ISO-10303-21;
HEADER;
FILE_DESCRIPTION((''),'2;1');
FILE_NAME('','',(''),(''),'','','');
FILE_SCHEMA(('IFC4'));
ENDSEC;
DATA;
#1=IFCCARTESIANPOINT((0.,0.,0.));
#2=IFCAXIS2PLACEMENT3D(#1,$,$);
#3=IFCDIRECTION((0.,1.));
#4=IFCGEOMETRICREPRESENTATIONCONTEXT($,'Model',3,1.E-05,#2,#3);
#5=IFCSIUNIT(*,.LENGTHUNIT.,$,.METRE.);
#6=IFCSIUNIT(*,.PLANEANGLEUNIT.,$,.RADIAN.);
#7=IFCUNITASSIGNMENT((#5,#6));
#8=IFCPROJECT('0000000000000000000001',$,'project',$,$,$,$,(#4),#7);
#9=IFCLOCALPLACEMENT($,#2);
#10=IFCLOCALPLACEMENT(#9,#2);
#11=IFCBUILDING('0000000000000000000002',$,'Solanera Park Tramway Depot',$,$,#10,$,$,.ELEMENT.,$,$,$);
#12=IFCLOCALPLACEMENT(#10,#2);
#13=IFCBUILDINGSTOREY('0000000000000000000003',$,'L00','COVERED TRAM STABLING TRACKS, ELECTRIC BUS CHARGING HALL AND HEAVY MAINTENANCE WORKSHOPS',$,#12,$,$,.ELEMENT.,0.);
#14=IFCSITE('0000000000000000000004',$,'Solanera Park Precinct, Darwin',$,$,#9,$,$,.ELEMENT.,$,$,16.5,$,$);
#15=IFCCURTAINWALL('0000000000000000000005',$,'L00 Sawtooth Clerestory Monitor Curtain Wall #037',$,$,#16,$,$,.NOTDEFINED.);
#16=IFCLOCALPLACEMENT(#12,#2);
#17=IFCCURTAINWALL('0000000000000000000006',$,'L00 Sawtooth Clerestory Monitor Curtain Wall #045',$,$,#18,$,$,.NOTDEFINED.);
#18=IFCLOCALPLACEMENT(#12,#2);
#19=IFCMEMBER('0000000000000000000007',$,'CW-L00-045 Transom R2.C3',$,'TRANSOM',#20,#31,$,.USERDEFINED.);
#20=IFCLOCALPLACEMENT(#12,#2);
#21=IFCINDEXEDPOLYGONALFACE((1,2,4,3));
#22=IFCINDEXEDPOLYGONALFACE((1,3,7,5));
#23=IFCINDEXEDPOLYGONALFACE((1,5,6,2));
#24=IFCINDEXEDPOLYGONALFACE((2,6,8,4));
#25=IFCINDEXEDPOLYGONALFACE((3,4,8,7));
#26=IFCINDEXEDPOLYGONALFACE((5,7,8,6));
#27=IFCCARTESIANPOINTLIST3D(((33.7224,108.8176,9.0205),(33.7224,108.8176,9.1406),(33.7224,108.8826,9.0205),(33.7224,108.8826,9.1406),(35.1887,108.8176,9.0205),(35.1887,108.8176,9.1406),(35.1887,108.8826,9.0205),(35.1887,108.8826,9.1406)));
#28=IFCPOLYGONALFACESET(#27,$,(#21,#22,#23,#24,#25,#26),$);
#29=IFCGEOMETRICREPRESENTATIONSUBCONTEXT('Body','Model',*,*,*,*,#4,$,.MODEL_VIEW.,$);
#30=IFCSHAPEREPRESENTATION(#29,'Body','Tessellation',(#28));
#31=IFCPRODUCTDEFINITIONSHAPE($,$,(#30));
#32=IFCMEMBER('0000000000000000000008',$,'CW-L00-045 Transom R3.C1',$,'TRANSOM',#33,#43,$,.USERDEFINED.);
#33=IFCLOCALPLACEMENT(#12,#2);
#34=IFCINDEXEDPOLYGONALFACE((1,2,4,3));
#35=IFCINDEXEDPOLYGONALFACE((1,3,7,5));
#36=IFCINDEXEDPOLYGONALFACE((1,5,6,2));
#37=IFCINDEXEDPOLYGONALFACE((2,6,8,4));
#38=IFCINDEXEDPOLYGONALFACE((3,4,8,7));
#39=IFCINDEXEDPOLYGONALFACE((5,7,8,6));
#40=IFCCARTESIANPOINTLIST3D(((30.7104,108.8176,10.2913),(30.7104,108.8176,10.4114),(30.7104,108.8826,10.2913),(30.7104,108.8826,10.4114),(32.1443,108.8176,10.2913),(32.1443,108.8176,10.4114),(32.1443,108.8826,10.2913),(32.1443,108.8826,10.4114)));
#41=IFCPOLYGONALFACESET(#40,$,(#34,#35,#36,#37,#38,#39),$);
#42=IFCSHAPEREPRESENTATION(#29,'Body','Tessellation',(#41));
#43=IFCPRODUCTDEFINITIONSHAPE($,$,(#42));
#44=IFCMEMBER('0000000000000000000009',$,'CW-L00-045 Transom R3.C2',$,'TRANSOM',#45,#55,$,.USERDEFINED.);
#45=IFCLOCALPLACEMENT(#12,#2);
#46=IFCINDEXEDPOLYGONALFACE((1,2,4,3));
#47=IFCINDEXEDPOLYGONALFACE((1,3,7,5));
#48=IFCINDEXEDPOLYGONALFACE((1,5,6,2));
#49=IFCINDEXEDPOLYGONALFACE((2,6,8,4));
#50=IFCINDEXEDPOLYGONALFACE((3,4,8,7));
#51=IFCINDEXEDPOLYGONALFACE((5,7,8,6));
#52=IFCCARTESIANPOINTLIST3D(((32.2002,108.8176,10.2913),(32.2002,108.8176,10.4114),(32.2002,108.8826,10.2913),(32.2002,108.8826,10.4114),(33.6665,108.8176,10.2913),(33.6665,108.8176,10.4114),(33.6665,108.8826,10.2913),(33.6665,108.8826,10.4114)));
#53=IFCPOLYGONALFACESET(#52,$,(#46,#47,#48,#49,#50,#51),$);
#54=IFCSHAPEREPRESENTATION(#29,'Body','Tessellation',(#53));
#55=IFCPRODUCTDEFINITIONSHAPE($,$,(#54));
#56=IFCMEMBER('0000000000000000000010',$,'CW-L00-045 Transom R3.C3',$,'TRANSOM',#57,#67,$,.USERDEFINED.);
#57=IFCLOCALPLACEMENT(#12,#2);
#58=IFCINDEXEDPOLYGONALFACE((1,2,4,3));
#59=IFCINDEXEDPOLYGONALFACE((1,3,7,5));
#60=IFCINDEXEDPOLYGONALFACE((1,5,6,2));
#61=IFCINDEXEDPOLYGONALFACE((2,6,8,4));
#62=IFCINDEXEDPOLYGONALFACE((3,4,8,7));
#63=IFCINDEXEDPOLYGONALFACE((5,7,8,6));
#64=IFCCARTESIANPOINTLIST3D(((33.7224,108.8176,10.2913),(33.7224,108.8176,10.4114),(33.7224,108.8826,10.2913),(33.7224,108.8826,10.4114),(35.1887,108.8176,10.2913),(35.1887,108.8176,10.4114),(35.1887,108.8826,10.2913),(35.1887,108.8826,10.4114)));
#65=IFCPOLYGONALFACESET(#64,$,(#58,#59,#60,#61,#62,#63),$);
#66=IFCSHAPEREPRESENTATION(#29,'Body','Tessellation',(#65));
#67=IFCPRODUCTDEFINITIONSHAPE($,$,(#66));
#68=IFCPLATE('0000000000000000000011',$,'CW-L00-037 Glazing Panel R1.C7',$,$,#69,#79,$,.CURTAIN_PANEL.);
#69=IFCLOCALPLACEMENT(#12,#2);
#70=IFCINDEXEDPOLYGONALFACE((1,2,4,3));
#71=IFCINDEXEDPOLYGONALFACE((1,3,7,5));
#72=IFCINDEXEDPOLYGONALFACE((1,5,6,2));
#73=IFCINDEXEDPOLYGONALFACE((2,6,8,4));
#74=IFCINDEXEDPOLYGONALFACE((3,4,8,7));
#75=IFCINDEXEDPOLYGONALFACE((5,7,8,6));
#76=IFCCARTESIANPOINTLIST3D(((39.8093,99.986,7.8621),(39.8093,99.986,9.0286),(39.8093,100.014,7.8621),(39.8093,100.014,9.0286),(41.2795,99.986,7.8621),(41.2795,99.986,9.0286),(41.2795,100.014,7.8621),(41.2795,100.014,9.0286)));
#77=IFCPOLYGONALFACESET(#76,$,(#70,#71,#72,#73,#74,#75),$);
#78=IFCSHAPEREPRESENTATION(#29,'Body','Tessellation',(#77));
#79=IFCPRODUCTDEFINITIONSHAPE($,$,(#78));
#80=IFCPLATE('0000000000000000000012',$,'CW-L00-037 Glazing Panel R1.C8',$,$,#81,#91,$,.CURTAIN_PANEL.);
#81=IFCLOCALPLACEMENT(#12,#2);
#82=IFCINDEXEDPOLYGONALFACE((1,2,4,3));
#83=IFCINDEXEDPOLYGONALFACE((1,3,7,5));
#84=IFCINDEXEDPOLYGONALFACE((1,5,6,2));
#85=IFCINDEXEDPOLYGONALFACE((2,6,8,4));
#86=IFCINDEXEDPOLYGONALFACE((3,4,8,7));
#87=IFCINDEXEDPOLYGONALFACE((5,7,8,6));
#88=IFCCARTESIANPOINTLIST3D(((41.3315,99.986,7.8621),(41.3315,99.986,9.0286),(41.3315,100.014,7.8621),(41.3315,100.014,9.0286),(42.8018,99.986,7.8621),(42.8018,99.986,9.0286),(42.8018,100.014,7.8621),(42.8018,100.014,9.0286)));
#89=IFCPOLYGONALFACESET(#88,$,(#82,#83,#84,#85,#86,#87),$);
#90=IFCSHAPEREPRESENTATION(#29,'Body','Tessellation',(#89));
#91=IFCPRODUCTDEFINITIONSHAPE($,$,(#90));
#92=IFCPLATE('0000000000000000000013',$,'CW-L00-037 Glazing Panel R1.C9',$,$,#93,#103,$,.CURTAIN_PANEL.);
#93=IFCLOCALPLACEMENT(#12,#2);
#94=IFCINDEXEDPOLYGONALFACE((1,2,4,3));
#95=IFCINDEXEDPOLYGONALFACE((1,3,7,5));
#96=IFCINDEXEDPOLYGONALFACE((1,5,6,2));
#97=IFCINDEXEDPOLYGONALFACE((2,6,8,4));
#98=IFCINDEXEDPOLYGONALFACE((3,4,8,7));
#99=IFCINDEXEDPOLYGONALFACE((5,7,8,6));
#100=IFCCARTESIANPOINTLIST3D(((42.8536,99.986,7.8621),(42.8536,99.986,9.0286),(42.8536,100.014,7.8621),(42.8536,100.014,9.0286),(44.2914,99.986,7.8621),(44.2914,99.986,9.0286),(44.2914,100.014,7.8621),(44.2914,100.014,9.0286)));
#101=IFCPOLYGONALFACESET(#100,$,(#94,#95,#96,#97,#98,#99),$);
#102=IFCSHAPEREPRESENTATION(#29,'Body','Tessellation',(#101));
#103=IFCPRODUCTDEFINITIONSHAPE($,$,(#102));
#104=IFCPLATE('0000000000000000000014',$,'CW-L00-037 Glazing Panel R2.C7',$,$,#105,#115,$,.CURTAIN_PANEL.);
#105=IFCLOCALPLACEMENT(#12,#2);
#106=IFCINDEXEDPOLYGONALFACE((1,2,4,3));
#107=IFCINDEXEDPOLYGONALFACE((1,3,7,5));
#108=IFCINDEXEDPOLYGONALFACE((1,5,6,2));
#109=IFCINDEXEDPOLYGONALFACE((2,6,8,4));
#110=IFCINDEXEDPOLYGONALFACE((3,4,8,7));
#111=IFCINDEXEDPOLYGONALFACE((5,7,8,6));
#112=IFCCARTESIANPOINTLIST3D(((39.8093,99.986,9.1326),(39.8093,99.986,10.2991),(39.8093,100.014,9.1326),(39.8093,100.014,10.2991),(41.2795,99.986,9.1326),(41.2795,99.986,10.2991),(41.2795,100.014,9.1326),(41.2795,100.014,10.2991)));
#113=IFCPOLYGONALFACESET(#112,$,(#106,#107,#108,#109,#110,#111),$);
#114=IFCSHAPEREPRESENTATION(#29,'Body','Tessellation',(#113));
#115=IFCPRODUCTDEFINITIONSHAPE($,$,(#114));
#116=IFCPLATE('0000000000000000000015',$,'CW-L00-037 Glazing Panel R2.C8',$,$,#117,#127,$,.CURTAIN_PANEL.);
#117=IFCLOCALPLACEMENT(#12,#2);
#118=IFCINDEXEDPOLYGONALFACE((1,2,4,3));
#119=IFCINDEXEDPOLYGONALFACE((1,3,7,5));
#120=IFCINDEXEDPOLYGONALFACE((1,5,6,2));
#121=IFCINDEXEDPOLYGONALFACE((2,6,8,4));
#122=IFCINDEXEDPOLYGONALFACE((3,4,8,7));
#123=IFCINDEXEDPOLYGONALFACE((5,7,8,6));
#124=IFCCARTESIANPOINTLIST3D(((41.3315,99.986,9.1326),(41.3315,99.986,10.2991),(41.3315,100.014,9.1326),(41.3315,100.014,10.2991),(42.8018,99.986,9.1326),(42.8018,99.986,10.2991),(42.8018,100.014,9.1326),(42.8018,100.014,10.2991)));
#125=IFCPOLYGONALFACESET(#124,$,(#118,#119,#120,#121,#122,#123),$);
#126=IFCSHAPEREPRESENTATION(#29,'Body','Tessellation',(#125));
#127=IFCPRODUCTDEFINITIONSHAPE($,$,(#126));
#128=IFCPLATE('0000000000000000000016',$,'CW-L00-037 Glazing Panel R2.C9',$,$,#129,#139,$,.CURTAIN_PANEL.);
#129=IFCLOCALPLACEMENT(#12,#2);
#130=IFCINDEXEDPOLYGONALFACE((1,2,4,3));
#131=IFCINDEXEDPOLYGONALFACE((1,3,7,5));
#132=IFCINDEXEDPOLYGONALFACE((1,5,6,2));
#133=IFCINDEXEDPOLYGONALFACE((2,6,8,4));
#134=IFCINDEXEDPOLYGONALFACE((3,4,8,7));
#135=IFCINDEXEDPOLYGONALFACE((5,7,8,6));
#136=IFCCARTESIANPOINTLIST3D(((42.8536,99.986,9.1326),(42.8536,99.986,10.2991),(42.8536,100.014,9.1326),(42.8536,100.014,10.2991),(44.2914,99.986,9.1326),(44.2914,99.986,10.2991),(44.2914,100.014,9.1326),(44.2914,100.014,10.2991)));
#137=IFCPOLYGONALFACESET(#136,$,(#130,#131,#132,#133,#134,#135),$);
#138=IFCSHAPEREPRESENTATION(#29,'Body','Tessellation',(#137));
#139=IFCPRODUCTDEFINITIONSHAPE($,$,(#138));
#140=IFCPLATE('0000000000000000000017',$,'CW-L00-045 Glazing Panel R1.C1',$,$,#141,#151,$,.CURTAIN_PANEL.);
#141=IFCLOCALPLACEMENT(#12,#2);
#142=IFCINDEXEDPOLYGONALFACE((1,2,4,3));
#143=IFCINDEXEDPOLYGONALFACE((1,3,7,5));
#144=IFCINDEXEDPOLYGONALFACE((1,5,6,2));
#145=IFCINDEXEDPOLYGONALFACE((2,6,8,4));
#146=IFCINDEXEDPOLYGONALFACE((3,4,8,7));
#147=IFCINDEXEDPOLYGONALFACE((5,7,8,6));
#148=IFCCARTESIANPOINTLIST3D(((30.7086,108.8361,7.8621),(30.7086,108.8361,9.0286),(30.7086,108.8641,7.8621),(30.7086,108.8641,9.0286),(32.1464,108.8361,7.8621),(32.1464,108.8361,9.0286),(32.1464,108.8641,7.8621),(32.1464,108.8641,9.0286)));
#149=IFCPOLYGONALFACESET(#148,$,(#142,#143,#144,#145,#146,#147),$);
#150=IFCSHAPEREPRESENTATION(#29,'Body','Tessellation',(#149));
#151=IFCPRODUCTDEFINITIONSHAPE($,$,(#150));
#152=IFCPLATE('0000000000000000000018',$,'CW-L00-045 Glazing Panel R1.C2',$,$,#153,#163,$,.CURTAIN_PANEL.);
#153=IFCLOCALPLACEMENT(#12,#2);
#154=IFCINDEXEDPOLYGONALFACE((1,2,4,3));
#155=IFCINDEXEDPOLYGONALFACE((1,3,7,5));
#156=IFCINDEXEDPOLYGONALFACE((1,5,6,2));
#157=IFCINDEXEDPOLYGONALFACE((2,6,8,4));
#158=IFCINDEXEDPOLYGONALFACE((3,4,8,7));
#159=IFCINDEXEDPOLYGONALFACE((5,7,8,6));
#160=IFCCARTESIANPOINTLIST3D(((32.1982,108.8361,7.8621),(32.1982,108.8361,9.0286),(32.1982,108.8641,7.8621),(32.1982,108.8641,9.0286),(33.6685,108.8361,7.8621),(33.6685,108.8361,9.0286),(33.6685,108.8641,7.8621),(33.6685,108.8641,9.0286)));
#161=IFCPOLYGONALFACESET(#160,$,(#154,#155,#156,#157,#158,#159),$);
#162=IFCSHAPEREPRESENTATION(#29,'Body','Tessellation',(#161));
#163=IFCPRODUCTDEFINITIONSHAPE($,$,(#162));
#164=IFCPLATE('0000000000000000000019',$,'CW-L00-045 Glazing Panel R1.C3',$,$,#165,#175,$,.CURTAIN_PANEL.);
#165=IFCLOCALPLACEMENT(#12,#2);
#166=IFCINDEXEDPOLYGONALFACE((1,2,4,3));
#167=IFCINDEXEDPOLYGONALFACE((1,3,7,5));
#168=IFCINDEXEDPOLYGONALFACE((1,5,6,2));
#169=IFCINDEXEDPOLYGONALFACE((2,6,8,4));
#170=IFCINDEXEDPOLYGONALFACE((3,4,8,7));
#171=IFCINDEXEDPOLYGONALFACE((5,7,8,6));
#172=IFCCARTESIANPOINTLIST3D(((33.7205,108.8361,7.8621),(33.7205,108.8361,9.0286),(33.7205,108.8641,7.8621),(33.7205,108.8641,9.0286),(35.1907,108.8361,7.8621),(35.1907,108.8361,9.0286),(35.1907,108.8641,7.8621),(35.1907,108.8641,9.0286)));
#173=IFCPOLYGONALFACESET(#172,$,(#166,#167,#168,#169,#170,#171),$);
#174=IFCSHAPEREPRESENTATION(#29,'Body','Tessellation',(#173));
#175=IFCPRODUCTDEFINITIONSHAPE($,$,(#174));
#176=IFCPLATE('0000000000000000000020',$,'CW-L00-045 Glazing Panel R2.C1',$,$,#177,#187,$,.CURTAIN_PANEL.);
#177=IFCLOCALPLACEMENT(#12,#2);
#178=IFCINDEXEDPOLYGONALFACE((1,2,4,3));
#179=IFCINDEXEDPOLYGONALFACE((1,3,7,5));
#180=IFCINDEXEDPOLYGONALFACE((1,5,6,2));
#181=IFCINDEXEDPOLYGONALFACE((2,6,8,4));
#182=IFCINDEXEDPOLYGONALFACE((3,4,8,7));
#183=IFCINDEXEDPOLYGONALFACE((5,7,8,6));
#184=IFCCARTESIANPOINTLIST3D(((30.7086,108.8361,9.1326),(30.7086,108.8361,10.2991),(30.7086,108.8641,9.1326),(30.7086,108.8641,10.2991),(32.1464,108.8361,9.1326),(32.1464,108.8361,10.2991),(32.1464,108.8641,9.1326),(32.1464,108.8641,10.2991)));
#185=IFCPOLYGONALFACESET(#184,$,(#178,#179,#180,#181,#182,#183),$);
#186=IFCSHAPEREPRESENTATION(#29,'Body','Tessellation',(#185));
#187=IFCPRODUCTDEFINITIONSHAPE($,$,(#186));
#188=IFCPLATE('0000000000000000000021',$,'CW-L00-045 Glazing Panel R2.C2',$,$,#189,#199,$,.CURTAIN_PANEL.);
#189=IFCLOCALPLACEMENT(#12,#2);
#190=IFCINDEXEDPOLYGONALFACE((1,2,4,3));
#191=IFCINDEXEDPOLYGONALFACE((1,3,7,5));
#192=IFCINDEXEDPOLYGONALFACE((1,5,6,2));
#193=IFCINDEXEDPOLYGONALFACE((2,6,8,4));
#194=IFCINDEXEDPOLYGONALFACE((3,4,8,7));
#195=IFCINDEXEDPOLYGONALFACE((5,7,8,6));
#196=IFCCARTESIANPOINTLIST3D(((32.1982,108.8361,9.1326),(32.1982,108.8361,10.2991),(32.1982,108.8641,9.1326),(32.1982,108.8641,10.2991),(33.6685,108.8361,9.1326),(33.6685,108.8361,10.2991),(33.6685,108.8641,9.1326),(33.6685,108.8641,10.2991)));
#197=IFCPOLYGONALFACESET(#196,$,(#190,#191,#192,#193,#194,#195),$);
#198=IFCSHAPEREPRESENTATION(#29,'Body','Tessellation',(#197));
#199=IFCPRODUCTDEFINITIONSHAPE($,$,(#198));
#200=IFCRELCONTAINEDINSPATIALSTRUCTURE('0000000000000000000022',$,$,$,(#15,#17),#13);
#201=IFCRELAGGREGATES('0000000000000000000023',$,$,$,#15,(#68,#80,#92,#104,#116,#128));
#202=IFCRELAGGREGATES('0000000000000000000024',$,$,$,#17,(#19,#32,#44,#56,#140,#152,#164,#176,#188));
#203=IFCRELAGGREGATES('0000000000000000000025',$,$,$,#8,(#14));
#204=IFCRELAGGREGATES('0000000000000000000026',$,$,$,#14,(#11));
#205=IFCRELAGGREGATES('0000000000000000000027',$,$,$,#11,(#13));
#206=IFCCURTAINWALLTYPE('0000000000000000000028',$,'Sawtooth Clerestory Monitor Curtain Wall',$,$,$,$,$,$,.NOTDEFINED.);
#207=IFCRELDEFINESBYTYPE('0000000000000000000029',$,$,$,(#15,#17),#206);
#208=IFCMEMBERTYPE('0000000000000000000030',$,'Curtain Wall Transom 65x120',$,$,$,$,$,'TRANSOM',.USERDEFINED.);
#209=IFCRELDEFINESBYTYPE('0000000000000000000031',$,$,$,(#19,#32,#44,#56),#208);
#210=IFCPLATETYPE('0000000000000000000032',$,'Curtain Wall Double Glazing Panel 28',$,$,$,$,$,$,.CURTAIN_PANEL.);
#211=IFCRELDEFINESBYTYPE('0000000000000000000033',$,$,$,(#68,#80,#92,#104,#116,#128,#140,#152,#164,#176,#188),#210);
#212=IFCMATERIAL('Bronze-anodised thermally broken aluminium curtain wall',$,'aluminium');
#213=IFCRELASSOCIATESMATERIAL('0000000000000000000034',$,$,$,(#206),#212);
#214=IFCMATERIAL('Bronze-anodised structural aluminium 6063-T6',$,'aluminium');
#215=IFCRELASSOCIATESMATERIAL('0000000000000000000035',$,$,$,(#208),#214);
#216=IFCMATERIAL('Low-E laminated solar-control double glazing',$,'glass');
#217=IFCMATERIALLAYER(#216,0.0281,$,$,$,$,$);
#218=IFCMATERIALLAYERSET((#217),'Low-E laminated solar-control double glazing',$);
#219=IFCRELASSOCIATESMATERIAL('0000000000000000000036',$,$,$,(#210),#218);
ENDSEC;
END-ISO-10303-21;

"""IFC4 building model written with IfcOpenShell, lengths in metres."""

from ifc_helpers import new_model, si_unit, direction, frame, origin, origin_2d, place, context, subcontext, project, spatial, rectangle, extrude, material, layer, layer_set, material_profile, profile_set, type_object, element, aggregate, save


model = new_model("IFC4")

# Units and contexts
model_context = context("Model", 3, precision=1e-05, world=origin(), true_north=direction((0.0, 1.0)))
body_context = subcontext(model_context, "Body", "Model", "MODEL_VIEW")
ifc_project = project(units=[si_unit("LENGTHUNIT", "METRE"), si_unit("PLANEANGLEUNIT", "RADIAN")], contexts=[model_context])

# Site, building, storey
site_placement = place(None, origin())
site = spatial("IfcSite", under=ifc_project, at=site_placement, Name="Solanera Park Precinct, Darwin", CompositionType="ELEMENT", RefElevation=16.5)
building_placement = place(site_placement, origin())
building = spatial("IfcBuilding", under=site, at=building_placement, Name="Solanera Park Tramway Depot", CompositionType="ELEMENT")
storey_placement = place(building_placement, origin())
storey = spatial("IfcBuildingStorey", under=building, at=storey_placement, Name="L00", Description="COVERED TRAM STABLING TRACKS, ELECTRIC BUS CHARGING HALL AND HEAVY MAINTENANCE WORKSHOPS", CompositionType="ELEMENT", Elevation=0.0)

# Curtain walls
ifc_material_1 = material(Name="Bronze-anodised thermally broken aluminium curtain wall", Category="aluminium")
curtain_wall_type = type_object("IfcCurtainWallType", Name="Sawtooth Clerestory Monitor Curtain Wall", PredefinedType="NOTDEFINED", material=ifc_material_1)
curtain_wall_1_placement = place(storey_placement, origin())
curtain_wall_1 = element("IfcCurtainWall", 1, at=curtain_wall_1_placement, inside=storey, type_object=curtain_wall_type, Name="L00 Sawtooth Clerestory Monitor Curtain Wall #037", PredefinedType="NOTDEFINED")
curtain_wall_2_placement = place(storey_placement, origin())
curtain_wall_2 = element("IfcCurtainWall", 2, at=curtain_wall_2_placement, inside=storey, type_object=curtain_wall_type, Name="L00 Sawtooth Clerestory Monitor Curtain Wall #045", PredefinedType="NOTDEFINED")

# Members
ifc_material_2 = material(Name="Bronze-anodised structural aluminium 6063-T6", Category="aluminium")
ifc_material_profile_1 = material_profile(ifc_material_2, rectangle(XDim=0.0649, YDim=0.1201, at=origin_2d()), Name="Curtain Wall Transom 65x120")
ifc_profile_set_1 = profile_set([ifc_material_profile_1], Name="Bronze-anodised structural aluminium 6063-T6")
member_type_1 = type_object("IfcMemberType", Name="Curtain Wall Transom 65x120", ElementType="TRANSOM", PredefinedType="USERDEFINED", material=ifc_profile_set_1)
member_1_placement = place(storey_placement, frame((33.7224, 108.8501, 9.0806), z_axis=(1.0, 0.0, 0.0), x_axis=(0.0, 1.0, 0.0)))
member_1 = element("IfcMember", 3, at=member_1_placement, type_object=member_type_1, Name="CW-L00-045 Transom R2.C3", ObjectType="TRANSOM", PredefinedType="USERDEFINED", context=body_context, shape_type="SweptSolid", body=[
    extrude(rectangle(XDim=0.0649, YDim=0.1201, at=origin_2d()), origin(), (0.0, 0.0, 1.0), 1.4663),
])
member_2_placement = place(storey_placement, frame((30.7104, 108.8501, 10.3513), z_axis=(1.0, 0.0, 0.0), x_axis=(0.0, 1.0, 0.0)))
member_2 = element("IfcMember", 4, at=member_2_placement, type_object=member_type_1, Name="CW-L00-045 Transom R3.C1", ObjectType="TRANSOM", PredefinedType="USERDEFINED", context=body_context, shape_type="SweptSolid", body=[
    extrude(rectangle(XDim=0.0649, YDim=0.1201, at=origin_2d()), origin(), (0.0, 0.0, 1.0), 1.4338),
])
member_3_placement = place(storey_placement, frame((32.2002, 108.8501, 10.3513), z_axis=(1.0, 0.0, 0.0), x_axis=(0.0, 1.0, 0.0)))
member_3 = element("IfcMember", 5, at=member_3_placement, type_object=member_type_1, Name="CW-L00-045 Transom R3.C2", ObjectType="TRANSOM", PredefinedType="USERDEFINED", context=body_context, shape_type="SweptSolid", body=[
    extrude(rectangle(XDim=0.0649, YDim=0.1201, at=origin_2d()), origin(), (0.0, 0.0, 1.0), 1.4663),
])
member_4_placement = place(storey_placement, frame((33.7224, 108.8501, 10.3513), z_axis=(1.0, 0.0, 0.0), x_axis=(0.0, 1.0, 0.0)))
member_4 = element("IfcMember", 6, at=member_4_placement, type_object=member_type_1, Name="CW-L00-045 Transom R3.C3", ObjectType="TRANSOM", PredefinedType="USERDEFINED", context=body_context, shape_type="SweptSolid", body=[
    extrude(rectangle(XDim=0.0649, YDim=0.1201, at=origin_2d()), origin(), (0.0, 0.0, 1.0), 1.4663),
])

# Plates
ifc_material_3 = material(Name="Low-E laminated solar-control double glazing", Category="glass")
ifc_layer_1 = layer(ifc_material_3, 0.0281)
ifc_layer_set_1 = layer_set([ifc_layer_1], Name="Low-E laminated solar-control double glazing")
plate_type_1 = type_object("IfcPlateType", Name="Curtain Wall Double Glazing Panel 28", PredefinedType="CURTAIN_PANEL", material=ifc_layer_set_1)
plate_1_placement = place(storey_placement, frame((40.5444, 100.0, 7.8621), z_axis=(0.0, 0.0, 1.0), x_axis=(1.0, 0.0, 0.0)))
plate_1 = element("IfcPlate", 7, at=plate_1_placement, type_object=plate_type_1, Name="CW-L00-037 Glazing Panel R1.C7", PredefinedType="CURTAIN_PANEL", context=body_context, shape_type="SweptSolid", body=[
    extrude(rectangle(XDim=1.4702, YDim=0.0281, at=origin_2d()), origin(), (0.0, 0.0, 1.0), 1.1665),
])
plate_2_placement = place(storey_placement, frame((42.0667, 100.0, 7.8621), z_axis=(0.0, 0.0, 1.0), x_axis=(1.0, 0.0, 0.0)))
plate_2 = element("IfcPlate", 8, at=plate_2_placement, type_object=plate_type_1, Name="CW-L00-037 Glazing Panel R1.C8", PredefinedType="CURTAIN_PANEL", context=body_context, shape_type="SweptSolid", body=[
    extrude(rectangle(XDim=1.4702, YDim=0.0281, at=origin_2d()), origin(), (0.0, 0.0, 1.0), 1.1665),
])
plate_3_placement = place(storey_placement, frame((43.5725, 100.0, 7.8621), z_axis=(0.0, 0.0, 1.0), x_axis=(1.0, 0.0, 0.0)))
plate_3 = element("IfcPlate", 9, at=plate_3_placement, type_object=plate_type_1, Name="CW-L00-037 Glazing Panel R1.C9", PredefinedType="CURTAIN_PANEL", context=body_context, shape_type="SweptSolid", body=[
    extrude(rectangle(XDim=1.4377, YDim=0.0281, at=origin_2d()), origin(), (0.0, 0.0, 1.0), 1.1665),
])
plate_4_placement = place(storey_placement, frame((40.5444, 100.0, 9.1326), z_axis=(0.0, 0.0, 1.0), x_axis=(1.0, 0.0, 0.0)))
plate_4 = element("IfcPlate", 10, at=plate_4_placement, type_object=plate_type_1, Name="CW-L00-037 Glazing Panel R2.C7", PredefinedType="CURTAIN_PANEL", context=body_context, shape_type="SweptSolid", body=[
    extrude(rectangle(XDim=1.4702, YDim=0.0281, at=origin_2d()), origin(), (0.0, 0.0, 1.0), 1.1665),
])
plate_5_placement = place(storey_placement, frame((42.0667, 100.0, 9.1326), z_axis=(0.0, 0.0, 1.0), x_axis=(1.0, 0.0, 0.0)))
plate_5 = element("IfcPlate", 11, at=plate_5_placement, type_object=plate_type_1, Name="CW-L00-037 Glazing Panel R2.C8", PredefinedType="CURTAIN_PANEL", context=body_context, shape_type="SweptSolid", body=[
    extrude(rectangle(XDim=1.4702, YDim=0.0281, at=origin_2d()), origin(), (0.0, 0.0, 1.0), 1.1665),
])
plate_6_placement = place(storey_placement, frame((43.5725, 100.0, 9.1326), z_axis=(0.0, 0.0, 1.0), x_axis=(1.0, 0.0, 0.0)))
plate_6 = element("IfcPlate", 12, at=plate_6_placement, type_object=plate_type_1, Name="CW-L00-037 Glazing Panel R2.C9", PredefinedType="CURTAIN_PANEL", context=body_context, shape_type="SweptSolid", body=[
    extrude(rectangle(XDim=1.4377, YDim=0.0281, at=origin_2d()), origin(), (0.0, 0.0, 1.0), 1.1665),
])
aggregate(curtain_wall_1, [plate_1, plate_2, plate_3, plate_4, plate_5, plate_6])
plate_7_placement = place(storey_placement, frame((31.4275, 108.8501, 7.8621), z_axis=(0.0, 0.0, 1.0), x_axis=(1.0, 0.0, 0.0)))
plate_7 = element("IfcPlate", 13, at=plate_7_placement, type_object=plate_type_1, Name="CW-L00-045 Glazing Panel R1.C1", PredefinedType="CURTAIN_PANEL", context=body_context, shape_type="SweptSolid", body=[
    extrude(rectangle(XDim=1.4377, YDim=0.0281, at=origin_2d()), origin(), (0.0, 0.0, 1.0), 1.1665),
])
plate_8_placement = place(storey_placement, frame((32.9333, 108.8501, 7.8621), z_axis=(0.0, 0.0, 1.0), x_axis=(1.0, 0.0, 0.0)))
plate_8 = element("IfcPlate", 14, at=plate_8_placement, type_object=plate_type_1, Name="CW-L00-045 Glazing Panel R1.C2", PredefinedType="CURTAIN_PANEL", context=body_context, shape_type="SweptSolid", body=[
    extrude(rectangle(XDim=1.4702, YDim=0.0281, at=origin_2d()), origin(), (0.0, 0.0, 1.0), 1.1665),
])
plate_9_placement = place(storey_placement, frame((34.4556, 108.8501, 7.8621), z_axis=(0.0, 0.0, 1.0), x_axis=(1.0, 0.0, 0.0)))
plate_9 = element("IfcPlate", 15, at=plate_9_placement, type_object=plate_type_1, Name="CW-L00-045 Glazing Panel R1.C3", PredefinedType="CURTAIN_PANEL", context=body_context, shape_type="SweptSolid", body=[
    extrude(rectangle(XDim=1.4702, YDim=0.0281, at=origin_2d()), origin(), (0.0, 0.0, 1.0), 1.1665),
])
plate_10_placement = place(storey_placement, frame((31.4275, 108.8501, 9.1326), z_axis=(0.0, 0.0, 1.0), x_axis=(1.0, 0.0, 0.0)))
plate_10 = element("IfcPlate", 16, at=plate_10_placement, type_object=plate_type_1, Name="CW-L00-045 Glazing Panel R2.C1", PredefinedType="CURTAIN_PANEL", context=body_context, shape_type="SweptSolid", body=[
    extrude(rectangle(XDim=1.4377, YDim=0.0281, at=origin_2d()), origin(), (0.0, 0.0, 1.0), 1.1665),
])
plate_11_placement = place(storey_placement, frame((32.9333, 108.8501, 9.1326), z_axis=(0.0, 0.0, 1.0), x_axis=(1.0, 0.0, 0.0)))
plate_11 = element("IfcPlate", 17, at=plate_11_placement, type_object=plate_type_1, Name="CW-L00-045 Glazing Panel R2.C2", PredefinedType="CURTAIN_PANEL", context=body_context, shape_type="SweptSolid", body=[
    extrude(rectangle(XDim=1.4702, YDim=0.0281, at=origin_2d()), origin(), (0.0, 0.0, 1.0), 1.1665),
])
aggregate(curtain_wall_2, [member_1, member_2, member_3, member_4, plate_7, plate_8, plate_9, plate_10, plate_11])

save(model, "model.ifc")
